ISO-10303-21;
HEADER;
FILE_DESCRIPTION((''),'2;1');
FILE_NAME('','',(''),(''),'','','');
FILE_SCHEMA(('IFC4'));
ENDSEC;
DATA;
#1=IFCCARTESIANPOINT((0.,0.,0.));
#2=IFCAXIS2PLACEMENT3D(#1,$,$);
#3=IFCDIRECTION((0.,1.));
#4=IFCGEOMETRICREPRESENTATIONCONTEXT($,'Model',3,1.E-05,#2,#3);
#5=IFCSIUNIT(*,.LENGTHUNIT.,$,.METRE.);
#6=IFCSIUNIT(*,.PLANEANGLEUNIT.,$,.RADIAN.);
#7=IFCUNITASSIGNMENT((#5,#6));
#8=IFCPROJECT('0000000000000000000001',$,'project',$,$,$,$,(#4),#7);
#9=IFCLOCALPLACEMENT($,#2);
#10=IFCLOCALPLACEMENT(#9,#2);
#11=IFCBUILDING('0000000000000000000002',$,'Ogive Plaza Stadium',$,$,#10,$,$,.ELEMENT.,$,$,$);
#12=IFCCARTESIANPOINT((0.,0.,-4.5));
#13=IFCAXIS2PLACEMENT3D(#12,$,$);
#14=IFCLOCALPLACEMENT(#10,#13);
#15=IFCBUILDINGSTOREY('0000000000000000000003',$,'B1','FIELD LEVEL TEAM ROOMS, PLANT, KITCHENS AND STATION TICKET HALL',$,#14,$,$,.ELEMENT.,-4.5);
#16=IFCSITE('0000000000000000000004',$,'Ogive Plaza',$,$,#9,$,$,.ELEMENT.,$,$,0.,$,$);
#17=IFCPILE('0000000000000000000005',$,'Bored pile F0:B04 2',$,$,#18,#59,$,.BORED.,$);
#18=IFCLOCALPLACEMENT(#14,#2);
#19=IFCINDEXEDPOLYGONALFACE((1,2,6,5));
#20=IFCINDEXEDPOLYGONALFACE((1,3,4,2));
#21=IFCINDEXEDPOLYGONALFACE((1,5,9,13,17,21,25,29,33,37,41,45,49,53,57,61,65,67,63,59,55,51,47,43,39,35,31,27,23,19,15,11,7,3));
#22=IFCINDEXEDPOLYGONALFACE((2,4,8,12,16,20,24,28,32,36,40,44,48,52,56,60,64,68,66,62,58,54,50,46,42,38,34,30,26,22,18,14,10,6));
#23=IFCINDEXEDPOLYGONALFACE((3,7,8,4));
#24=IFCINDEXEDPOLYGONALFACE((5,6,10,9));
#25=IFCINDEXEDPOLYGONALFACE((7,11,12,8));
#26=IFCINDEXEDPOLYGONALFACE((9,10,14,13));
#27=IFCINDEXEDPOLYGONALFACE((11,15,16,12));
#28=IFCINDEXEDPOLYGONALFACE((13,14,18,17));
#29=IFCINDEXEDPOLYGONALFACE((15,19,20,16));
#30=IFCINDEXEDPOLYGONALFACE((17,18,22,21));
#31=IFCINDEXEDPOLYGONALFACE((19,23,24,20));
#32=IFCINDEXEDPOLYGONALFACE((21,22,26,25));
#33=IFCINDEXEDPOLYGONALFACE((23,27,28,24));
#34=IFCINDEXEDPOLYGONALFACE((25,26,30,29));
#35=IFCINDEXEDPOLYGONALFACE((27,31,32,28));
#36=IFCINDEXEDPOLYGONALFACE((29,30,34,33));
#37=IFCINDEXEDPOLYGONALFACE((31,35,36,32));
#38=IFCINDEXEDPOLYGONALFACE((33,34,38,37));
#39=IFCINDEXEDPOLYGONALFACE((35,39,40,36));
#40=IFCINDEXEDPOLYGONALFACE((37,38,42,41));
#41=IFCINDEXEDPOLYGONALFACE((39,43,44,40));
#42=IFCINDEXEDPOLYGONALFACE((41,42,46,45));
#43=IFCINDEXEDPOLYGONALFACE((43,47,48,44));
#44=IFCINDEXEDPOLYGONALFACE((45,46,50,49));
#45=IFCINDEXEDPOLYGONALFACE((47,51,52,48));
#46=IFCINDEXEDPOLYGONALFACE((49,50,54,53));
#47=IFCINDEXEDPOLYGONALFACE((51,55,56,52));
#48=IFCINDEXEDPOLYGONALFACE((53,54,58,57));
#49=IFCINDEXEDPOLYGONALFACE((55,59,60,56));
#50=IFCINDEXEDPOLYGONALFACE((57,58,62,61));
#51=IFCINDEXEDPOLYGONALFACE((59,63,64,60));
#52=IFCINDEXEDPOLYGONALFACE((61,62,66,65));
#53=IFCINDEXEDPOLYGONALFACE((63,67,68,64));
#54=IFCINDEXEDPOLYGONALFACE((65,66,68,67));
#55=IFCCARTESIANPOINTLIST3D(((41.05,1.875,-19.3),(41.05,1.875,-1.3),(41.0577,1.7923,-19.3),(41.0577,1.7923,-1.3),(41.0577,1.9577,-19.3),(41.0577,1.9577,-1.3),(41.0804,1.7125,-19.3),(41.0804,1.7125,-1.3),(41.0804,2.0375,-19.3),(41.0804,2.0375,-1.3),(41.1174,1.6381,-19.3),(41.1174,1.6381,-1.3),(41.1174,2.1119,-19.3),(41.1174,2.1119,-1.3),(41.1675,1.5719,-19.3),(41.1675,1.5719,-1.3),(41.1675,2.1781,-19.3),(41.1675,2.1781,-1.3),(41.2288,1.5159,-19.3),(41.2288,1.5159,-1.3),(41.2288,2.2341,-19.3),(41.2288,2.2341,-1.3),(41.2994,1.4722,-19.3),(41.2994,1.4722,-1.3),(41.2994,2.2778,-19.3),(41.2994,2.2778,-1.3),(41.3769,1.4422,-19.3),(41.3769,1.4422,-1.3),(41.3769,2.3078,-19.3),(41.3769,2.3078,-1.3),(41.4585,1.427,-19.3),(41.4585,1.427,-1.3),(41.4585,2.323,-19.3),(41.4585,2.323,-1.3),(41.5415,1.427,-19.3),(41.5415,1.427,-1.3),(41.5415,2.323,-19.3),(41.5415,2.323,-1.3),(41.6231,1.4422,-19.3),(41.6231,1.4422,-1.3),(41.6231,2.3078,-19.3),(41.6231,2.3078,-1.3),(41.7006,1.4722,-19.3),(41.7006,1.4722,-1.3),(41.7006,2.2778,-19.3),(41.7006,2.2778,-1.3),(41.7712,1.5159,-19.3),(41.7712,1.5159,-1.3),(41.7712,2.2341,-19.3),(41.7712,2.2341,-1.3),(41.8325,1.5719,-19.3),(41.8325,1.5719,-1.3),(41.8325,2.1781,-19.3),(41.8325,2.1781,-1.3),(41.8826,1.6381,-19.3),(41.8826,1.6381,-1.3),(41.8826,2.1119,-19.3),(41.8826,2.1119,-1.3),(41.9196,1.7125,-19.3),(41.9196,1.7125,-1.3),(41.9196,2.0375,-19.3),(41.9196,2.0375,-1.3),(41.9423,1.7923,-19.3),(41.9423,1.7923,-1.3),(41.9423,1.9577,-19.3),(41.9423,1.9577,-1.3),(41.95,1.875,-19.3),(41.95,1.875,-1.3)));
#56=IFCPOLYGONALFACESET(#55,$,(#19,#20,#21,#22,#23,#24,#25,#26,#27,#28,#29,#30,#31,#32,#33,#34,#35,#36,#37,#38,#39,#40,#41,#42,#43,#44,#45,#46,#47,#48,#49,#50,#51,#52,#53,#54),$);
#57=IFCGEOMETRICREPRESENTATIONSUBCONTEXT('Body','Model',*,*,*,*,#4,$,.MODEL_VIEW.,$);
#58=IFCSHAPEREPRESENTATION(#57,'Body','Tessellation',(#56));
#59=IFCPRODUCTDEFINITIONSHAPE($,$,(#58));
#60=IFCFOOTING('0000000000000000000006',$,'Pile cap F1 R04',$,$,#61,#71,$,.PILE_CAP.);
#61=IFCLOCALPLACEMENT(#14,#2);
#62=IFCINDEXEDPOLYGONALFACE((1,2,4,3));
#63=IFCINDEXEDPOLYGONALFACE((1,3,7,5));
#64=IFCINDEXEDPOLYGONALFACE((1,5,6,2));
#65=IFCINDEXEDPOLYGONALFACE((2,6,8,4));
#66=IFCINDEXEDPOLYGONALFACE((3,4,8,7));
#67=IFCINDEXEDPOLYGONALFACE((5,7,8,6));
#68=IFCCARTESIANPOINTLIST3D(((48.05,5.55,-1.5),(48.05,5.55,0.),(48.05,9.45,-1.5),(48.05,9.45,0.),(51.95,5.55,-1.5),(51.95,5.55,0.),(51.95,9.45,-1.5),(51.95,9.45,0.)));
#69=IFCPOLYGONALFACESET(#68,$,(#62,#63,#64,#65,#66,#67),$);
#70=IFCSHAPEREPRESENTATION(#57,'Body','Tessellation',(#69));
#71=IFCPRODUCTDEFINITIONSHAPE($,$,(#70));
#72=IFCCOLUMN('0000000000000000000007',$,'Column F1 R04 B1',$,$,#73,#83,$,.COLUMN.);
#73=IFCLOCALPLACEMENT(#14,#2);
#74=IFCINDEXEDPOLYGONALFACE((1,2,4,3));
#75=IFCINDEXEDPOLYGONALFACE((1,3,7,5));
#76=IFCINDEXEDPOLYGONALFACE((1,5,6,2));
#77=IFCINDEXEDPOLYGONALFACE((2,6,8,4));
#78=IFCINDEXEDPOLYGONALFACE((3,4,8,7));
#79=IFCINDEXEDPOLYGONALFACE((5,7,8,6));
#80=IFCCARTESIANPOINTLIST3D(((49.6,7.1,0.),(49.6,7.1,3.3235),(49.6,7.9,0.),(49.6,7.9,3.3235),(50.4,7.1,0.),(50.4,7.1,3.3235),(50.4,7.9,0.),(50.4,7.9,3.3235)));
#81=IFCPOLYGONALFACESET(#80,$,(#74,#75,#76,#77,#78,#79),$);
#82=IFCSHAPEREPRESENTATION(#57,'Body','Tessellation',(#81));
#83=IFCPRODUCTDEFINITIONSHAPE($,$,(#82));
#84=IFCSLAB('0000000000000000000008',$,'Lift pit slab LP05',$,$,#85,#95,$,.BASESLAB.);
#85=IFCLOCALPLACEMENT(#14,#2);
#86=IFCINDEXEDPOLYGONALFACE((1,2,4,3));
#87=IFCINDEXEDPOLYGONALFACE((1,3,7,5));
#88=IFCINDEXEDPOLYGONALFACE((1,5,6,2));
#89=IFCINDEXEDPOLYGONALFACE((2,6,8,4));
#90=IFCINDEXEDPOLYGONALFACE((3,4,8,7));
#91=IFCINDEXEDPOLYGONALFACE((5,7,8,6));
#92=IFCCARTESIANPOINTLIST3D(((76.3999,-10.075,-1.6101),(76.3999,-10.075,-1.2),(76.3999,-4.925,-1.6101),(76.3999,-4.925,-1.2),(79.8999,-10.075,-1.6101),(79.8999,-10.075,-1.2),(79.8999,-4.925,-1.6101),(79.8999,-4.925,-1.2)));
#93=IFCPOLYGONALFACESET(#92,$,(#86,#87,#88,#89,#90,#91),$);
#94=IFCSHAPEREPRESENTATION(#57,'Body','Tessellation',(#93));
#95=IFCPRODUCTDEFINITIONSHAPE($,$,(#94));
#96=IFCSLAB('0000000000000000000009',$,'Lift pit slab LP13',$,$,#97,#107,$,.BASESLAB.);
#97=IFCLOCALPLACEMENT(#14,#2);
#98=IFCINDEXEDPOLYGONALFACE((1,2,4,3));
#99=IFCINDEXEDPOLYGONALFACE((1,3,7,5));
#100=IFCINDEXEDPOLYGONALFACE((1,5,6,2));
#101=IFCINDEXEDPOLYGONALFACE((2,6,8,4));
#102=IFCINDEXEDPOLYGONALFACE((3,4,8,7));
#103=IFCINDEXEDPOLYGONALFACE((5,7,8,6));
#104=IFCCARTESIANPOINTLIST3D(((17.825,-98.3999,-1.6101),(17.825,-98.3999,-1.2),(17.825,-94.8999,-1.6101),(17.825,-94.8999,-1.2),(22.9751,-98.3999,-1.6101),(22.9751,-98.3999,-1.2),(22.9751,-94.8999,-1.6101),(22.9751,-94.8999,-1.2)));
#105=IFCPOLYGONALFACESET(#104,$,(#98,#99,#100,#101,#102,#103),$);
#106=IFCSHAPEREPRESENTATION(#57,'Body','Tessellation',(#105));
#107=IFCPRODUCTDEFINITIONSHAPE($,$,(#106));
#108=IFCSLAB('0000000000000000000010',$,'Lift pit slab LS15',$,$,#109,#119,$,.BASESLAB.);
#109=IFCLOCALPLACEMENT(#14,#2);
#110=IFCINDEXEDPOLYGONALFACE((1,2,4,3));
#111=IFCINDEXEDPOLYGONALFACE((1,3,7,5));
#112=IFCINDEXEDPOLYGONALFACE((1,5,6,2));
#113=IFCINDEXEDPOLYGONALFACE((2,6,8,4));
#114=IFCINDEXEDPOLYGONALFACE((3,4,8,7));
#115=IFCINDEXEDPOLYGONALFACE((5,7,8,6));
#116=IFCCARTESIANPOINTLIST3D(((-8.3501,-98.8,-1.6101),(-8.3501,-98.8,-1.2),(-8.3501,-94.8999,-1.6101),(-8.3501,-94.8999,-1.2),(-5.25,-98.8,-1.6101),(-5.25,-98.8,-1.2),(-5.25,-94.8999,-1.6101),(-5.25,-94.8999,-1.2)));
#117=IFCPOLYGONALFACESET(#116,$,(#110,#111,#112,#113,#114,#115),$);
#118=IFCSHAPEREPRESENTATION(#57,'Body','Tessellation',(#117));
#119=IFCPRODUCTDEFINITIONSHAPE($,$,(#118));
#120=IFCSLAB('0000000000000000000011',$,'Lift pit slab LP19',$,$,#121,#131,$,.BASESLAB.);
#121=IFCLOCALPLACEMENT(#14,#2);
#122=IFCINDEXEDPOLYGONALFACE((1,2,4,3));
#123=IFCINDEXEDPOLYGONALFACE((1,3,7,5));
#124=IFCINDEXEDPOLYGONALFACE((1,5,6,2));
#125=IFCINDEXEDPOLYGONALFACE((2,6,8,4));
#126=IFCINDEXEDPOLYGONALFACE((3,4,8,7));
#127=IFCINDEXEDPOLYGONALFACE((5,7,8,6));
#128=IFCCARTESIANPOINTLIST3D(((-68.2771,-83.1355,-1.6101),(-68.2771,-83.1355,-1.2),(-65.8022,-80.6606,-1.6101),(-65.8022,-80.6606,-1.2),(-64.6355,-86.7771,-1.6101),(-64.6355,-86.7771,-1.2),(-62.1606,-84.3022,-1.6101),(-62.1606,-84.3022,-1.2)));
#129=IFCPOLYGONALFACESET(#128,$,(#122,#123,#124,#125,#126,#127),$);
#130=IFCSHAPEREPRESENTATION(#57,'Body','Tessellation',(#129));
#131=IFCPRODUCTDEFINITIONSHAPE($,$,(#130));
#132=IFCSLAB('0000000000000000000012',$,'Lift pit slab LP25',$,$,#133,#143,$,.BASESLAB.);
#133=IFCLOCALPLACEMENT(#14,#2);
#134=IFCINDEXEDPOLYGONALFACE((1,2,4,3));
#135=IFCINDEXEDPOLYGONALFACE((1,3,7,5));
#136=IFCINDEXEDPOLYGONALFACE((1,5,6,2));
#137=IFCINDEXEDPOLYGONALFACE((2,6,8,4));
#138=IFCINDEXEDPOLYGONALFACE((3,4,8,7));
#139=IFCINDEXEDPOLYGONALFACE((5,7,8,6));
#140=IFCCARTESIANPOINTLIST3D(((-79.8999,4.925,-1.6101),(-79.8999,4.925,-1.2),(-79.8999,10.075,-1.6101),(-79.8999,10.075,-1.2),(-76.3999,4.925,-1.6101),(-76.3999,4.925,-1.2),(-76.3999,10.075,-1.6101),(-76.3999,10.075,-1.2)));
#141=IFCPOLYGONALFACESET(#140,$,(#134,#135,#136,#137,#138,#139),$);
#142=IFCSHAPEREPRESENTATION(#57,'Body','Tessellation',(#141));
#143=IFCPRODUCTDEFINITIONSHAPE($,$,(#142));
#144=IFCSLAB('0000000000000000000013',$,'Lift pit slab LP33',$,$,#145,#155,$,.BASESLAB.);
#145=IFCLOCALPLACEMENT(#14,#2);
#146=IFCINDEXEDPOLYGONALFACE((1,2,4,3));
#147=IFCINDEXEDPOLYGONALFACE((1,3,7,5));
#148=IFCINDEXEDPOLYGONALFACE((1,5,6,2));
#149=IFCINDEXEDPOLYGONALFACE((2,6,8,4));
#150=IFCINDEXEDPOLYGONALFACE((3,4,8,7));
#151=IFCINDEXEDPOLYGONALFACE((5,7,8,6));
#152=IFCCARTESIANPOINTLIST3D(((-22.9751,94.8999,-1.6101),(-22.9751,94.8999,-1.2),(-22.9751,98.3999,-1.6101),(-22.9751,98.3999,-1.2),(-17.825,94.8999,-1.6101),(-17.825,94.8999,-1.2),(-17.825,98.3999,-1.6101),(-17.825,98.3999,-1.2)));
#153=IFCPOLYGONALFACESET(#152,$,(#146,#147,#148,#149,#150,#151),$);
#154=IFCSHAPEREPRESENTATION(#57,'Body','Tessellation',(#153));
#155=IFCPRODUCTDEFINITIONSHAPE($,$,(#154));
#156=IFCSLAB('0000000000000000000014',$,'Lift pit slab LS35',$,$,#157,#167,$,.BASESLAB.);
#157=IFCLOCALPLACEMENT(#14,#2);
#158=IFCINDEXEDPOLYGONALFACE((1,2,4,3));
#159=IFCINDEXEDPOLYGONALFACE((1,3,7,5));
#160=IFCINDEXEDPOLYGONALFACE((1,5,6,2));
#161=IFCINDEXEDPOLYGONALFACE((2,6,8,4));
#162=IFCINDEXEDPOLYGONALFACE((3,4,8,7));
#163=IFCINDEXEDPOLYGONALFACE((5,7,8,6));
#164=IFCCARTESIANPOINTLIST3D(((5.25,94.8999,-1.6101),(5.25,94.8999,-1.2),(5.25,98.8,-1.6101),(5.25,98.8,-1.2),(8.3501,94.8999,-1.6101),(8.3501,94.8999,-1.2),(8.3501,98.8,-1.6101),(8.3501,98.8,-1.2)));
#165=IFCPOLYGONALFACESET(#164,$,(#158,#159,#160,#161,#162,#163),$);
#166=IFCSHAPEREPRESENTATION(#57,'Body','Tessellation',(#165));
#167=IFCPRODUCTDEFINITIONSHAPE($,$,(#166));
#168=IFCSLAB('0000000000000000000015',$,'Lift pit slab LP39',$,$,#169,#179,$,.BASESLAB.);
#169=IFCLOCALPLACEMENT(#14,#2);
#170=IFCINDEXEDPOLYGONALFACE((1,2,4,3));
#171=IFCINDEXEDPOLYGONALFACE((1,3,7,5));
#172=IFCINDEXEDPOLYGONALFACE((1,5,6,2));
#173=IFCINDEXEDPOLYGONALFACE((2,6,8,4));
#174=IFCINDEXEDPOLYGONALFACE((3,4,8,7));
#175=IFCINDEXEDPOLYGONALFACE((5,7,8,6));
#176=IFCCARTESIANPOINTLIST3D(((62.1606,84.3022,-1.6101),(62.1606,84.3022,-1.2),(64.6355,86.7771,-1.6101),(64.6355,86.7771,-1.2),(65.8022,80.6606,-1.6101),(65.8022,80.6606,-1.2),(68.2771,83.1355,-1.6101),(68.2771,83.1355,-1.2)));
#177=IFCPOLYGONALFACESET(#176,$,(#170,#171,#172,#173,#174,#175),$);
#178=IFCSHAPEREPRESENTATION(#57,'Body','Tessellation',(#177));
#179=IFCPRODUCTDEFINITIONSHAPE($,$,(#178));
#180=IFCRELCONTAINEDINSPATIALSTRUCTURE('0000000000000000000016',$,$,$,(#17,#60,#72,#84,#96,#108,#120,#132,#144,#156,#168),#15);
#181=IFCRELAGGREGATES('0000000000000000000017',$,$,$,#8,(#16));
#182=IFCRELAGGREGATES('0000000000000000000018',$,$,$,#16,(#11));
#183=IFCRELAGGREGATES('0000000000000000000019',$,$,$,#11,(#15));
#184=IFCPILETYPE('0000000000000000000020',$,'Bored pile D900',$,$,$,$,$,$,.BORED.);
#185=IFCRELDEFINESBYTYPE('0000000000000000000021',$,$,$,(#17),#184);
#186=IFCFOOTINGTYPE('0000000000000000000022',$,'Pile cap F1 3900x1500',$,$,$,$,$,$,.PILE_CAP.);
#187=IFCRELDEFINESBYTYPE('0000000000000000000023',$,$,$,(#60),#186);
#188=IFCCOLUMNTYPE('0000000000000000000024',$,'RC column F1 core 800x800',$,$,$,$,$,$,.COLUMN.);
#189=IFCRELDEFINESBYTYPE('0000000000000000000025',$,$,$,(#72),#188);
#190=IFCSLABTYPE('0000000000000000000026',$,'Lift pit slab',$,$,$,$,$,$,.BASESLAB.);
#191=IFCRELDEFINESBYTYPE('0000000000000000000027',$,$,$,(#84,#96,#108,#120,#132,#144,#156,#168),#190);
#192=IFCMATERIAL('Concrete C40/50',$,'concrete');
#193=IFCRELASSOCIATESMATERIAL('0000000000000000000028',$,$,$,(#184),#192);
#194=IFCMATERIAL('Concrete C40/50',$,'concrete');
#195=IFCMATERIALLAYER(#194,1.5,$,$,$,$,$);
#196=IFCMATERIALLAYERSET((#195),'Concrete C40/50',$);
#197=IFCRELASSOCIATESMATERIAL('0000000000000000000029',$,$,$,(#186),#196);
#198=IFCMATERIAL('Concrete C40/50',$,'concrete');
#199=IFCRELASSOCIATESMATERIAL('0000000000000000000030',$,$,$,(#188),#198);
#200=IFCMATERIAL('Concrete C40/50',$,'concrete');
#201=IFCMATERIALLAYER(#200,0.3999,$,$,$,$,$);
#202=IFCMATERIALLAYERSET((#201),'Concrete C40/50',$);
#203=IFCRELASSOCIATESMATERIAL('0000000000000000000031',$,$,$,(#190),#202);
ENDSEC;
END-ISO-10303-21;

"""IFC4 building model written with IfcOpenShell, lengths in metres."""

from ifc_helpers import new_model, si_unit, direction, frame, origin, origin_2d, place, context, subcontext, project, spatial, polyline, rectangle, circle, outline, extrude, material, layer, layer_set, material_profile, profile_set, type_object, element, save


model = new_model("IFC4")

# Units and contexts
model_context = context("Model", 3, precision=1e-05, world=origin(), true_north=direction((0.0, 1.0)))
body_context = subcontext(model_context, "Body", "Model", "MODEL_VIEW")
ifc_project = project(units=[si_unit("LENGTHUNIT", "METRE"), si_unit("PLANEANGLEUNIT", "RADIAN")], contexts=[model_context])

# Site, building, storey
site_placement = place(None, origin())
site = spatial("IfcSite", under=ifc_project, at=site_placement, Name="Ogive Plaza", CompositionType="ELEMENT", RefElevation=0.0)
building_placement = place(site_placement, origin())
building = spatial("IfcBuilding", under=site, at=building_placement, Name="Ogive Plaza Stadium", CompositionType="ELEMENT")
storey_placement = place(building_placement, frame((0.0, 0.0, -4.5)))
storey = spatial("IfcBuildingStorey", under=building, at=storey_placement, Name="B1", Description="FIELD LEVEL TEAM ROOMS, PLANT, KITCHENS AND STATION TICKET HALL", CompositionType="ELEMENT", Elevation=-4.5)

# Pile
ifc_material_1 = material(Name="Concrete C40/50", Category="concrete")
ifc_material_profile_1 = material_profile(ifc_material_1, circle(Radius=0.45, at=origin_2d()), Name="RC D900")
ifc_profile_set_1 = profile_set([ifc_material_profile_1], Name="Concrete C40/50")
pile_type = type_object("IfcPileType", Name="Bored pile D900", PredefinedType="BORED", material=ifc_profile_set_1)
for number, where, z_axis, x_axis, name in (
    (1, (41.5, 1.875, -1.3), (0.0, 0.0, -1.0), (1.0, 0.0, 0.0), "Bored pile F0:B04 2"),
):
    element("IfcPile", number, at=place(storey_placement, frame(where, z_axis=z_axis, x_axis=x_axis)), inside=storey, type_object=pile_type, Name=name, PredefinedType="BORED", context=body_context, shape_type="SweptSolid", body=[
        extrude(circle(Radius=0.45, at=origin_2d()), origin(), (0.0, 0.0, 1.0), 18.0),
    ])

# Footing
ifc_material_2 = material(Name="Concrete C40/50", Category="concrete")
ifc_layer_1 = layer(ifc_material_2, 1.5)
ifc_layer_set_1 = layer_set([ifc_layer_1], Name="Concrete C40/50")
footing_type = type_object("IfcFootingType", Name="Pile cap F1 3900x1500", PredefinedType="PILE_CAP", material=ifc_layer_set_1)
footing_placement = place(storey_placement, frame((50.0, 7.5, -1.5), z_axis=(0.0, 0.0, 1.0), x_axis=(1.0, 0.0, 0.0)))
element("IfcFooting", 2, at=footing_placement, inside=storey, type_object=footing_type, Name="Pile cap F1 R04", PredefinedType="PILE_CAP", context=body_context, shape_type="SweptSolid", body=[
    extrude(rectangle(XDim=3.8999, YDim=3.8999, at=origin_2d()), origin(), (0.0, 0.0, 1.0), 1.5),
])

# Column
ifc_material_3 = material(Name="Concrete C40/50", Category="concrete")
ifc_material_profile_2 = material_profile(ifc_material_3, rectangle(XDim=0.8, YDim=0.8, at=origin_2d()), Name="RC 800x800")
ifc_profile_set_2 = profile_set([ifc_material_profile_2], Name="Concrete C40/50")
column_type = type_object("IfcColumnType", Name="RC column F1 core 800x800", PredefinedType="COLUMN", material=ifc_profile_set_2)
column_placement = place(storey_placement, frame((50.0, 7.5, 0.0), z_axis=(0.0, 0.0, 1.0), x_axis=(0.0, 1.0, 0.0)))
element("IfcColumn", 3, at=column_placement, inside=storey, type_object=column_type, Name="Column F1 R04 B1", PredefinedType="COLUMN", context=body_context, shape_type="SweptSolid", body=[
    extrude(rectangle(XDim=0.8, YDim=0.8, at=origin_2d()), origin(), (0.0, 0.0, 1.0), 3.3235),
])

# Slabs
ifc_material_4 = material(Name="Concrete C40/50", Category="concrete")
ifc_layer_2 = layer(ifc_material_4, 0.3999)
ifc_layer_set_2 = layer_set([ifc_layer_2], Name="Concrete C40/50")
slab_type_1 = type_object("IfcSlabType", Name="Lift pit slab", PredefinedType="BASESLAB", material=ifc_layer_set_2)
slab_1_placement = place(storey_placement, frame((0.0, 0.0, -1.6101)))
element("IfcSlab", 4, at=slab_1_placement, inside=storey, type_object=slab_type_1, Name="Lift pit slab LP05", PredefinedType="BASESLAB", context=body_context, shape_type="SweptSolid", body=[
    extrude(outline(polyline([(76.3999, -10.075), (79.8999, -10.075), (79.8999, -4.925), (76.3999, -4.925), (76.3999, -10.075)])), origin(), (0.0, 0.0, 1.0), 0.4102),
])
slab_2_placement = place(storey_placement, frame((0.0, 0.0, -1.6101)))
element("IfcSlab", 5, at=slab_2_placement, inside=storey, type_object=slab_type_1, Name="Lift pit slab LP13", PredefinedType="BASESLAB", context=body_context, shape_type="SweptSolid", body=[
    extrude(outline(polyline([(17.825, -94.8999), (17.825, -98.3999), (22.9751, -98.3999), (22.9751, -94.8999), (17.825, -94.8999)])), origin(), (0.0, 0.0, 1.0), 0.4102),
])
slab_3_placement = place(storey_placement, frame((0.0, 0.0, -1.6101)))
element("IfcSlab", 6, at=slab_3_placement, inside=storey, type_object=slab_type_1, Name="Lift pit slab LS15", PredefinedType="BASESLAB", context=body_context, shape_type="SweptSolid", body=[
    extrude(outline(polyline([(-8.3501, -94.8999), (-8.3501, -98.8), (-5.25, -98.8), (-5.25, -94.8999), (-8.3501, -94.8999)])), origin(), (0.0, 0.0, 1.0), 0.4102),
])
slab_4_placement = place(storey_placement, frame((0.0, 0.0, -1.6101)))
element("IfcSlab", 7, at=slab_4_placement, inside=storey, type_object=slab_type_1, Name="Lift pit slab LP19", PredefinedType="BASESLAB", context=body_context, shape_type="SweptSolid", body=[
    extrude(outline(polyline([(-65.8022, -80.6606), (-68.2771, -83.1355), (-64.6355, -86.7771), (-62.1606, -84.3022), (-65.8022, -80.6606)])), origin(), (0.0, 0.0, 1.0), 0.4102),
])
slab_5_placement = place(storey_placement, frame((0.0, 0.0, -1.6101)))
element("IfcSlab", 8, at=slab_5_placement, inside=storey, type_object=slab_type_1, Name="Lift pit slab LP25", PredefinedType="BASESLAB", context=body_context, shape_type="SweptSolid", body=[
    extrude(outline(polyline([(-76.3999, 10.075), (-79.8999, 10.075), (-79.8999, 4.925), (-76.3999, 4.925), (-76.3999, 10.075)])), origin(), (0.0, 0.0, 1.0), 0.4102),
])
slab_6_placement = place(storey_placement, frame((0.0, 0.0, -1.6101)))
element("IfcSlab", 9, at=slab_6_placement, inside=storey, type_object=slab_type_1, Name="Lift pit slab LP33", PredefinedType="BASESLAB", context=body_context, shape_type="SweptSolid", body=[
    extrude(outline(polyline([(-17.825, 94.8999), (-17.825, 98.3999), (-22.9751, 98.3999), (-22.9751, 94.8999), (-17.825, 94.8999)])), origin(), (0.0, 0.0, 1.0), 0.4102),
])
slab_7_placement = place(storey_placement, frame((0.0, 0.0, -1.6101)))
element("IfcSlab", 10, at=slab_7_placement, inside=storey, type_object=slab_type_1, Name="Lift pit slab LS35", PredefinedType="BASESLAB", context=body_context, shape_type="SweptSolid", body=[
    extrude(outline(polyline([(8.3501, 94.8999), (8.3501, 98.8), (5.25, 98.8), (5.25, 94.8999), (8.3501, 94.8999)])), origin(), (0.0, 0.0, 1.0), 0.4102),
])
slab_8_placement = place(storey_placement, frame((0.0, 0.0, -1.6101)))
element("IfcSlab", 11, at=slab_8_placement, inside=storey, type_object=slab_type_1, Name="Lift pit slab LP39", PredefinedType="BASESLAB", context=body_context, shape_type="SweptSolid", body=[
    extrude(outline(polyline([(65.8022, 80.6606), (68.2771, 83.1355), (64.6355, 86.7771), (62.1606, 84.3022), (65.8022, 80.6606)])), origin(), (0.0, 0.0, 1.0), 0.4102),
])

save(model, "model.ifc")
